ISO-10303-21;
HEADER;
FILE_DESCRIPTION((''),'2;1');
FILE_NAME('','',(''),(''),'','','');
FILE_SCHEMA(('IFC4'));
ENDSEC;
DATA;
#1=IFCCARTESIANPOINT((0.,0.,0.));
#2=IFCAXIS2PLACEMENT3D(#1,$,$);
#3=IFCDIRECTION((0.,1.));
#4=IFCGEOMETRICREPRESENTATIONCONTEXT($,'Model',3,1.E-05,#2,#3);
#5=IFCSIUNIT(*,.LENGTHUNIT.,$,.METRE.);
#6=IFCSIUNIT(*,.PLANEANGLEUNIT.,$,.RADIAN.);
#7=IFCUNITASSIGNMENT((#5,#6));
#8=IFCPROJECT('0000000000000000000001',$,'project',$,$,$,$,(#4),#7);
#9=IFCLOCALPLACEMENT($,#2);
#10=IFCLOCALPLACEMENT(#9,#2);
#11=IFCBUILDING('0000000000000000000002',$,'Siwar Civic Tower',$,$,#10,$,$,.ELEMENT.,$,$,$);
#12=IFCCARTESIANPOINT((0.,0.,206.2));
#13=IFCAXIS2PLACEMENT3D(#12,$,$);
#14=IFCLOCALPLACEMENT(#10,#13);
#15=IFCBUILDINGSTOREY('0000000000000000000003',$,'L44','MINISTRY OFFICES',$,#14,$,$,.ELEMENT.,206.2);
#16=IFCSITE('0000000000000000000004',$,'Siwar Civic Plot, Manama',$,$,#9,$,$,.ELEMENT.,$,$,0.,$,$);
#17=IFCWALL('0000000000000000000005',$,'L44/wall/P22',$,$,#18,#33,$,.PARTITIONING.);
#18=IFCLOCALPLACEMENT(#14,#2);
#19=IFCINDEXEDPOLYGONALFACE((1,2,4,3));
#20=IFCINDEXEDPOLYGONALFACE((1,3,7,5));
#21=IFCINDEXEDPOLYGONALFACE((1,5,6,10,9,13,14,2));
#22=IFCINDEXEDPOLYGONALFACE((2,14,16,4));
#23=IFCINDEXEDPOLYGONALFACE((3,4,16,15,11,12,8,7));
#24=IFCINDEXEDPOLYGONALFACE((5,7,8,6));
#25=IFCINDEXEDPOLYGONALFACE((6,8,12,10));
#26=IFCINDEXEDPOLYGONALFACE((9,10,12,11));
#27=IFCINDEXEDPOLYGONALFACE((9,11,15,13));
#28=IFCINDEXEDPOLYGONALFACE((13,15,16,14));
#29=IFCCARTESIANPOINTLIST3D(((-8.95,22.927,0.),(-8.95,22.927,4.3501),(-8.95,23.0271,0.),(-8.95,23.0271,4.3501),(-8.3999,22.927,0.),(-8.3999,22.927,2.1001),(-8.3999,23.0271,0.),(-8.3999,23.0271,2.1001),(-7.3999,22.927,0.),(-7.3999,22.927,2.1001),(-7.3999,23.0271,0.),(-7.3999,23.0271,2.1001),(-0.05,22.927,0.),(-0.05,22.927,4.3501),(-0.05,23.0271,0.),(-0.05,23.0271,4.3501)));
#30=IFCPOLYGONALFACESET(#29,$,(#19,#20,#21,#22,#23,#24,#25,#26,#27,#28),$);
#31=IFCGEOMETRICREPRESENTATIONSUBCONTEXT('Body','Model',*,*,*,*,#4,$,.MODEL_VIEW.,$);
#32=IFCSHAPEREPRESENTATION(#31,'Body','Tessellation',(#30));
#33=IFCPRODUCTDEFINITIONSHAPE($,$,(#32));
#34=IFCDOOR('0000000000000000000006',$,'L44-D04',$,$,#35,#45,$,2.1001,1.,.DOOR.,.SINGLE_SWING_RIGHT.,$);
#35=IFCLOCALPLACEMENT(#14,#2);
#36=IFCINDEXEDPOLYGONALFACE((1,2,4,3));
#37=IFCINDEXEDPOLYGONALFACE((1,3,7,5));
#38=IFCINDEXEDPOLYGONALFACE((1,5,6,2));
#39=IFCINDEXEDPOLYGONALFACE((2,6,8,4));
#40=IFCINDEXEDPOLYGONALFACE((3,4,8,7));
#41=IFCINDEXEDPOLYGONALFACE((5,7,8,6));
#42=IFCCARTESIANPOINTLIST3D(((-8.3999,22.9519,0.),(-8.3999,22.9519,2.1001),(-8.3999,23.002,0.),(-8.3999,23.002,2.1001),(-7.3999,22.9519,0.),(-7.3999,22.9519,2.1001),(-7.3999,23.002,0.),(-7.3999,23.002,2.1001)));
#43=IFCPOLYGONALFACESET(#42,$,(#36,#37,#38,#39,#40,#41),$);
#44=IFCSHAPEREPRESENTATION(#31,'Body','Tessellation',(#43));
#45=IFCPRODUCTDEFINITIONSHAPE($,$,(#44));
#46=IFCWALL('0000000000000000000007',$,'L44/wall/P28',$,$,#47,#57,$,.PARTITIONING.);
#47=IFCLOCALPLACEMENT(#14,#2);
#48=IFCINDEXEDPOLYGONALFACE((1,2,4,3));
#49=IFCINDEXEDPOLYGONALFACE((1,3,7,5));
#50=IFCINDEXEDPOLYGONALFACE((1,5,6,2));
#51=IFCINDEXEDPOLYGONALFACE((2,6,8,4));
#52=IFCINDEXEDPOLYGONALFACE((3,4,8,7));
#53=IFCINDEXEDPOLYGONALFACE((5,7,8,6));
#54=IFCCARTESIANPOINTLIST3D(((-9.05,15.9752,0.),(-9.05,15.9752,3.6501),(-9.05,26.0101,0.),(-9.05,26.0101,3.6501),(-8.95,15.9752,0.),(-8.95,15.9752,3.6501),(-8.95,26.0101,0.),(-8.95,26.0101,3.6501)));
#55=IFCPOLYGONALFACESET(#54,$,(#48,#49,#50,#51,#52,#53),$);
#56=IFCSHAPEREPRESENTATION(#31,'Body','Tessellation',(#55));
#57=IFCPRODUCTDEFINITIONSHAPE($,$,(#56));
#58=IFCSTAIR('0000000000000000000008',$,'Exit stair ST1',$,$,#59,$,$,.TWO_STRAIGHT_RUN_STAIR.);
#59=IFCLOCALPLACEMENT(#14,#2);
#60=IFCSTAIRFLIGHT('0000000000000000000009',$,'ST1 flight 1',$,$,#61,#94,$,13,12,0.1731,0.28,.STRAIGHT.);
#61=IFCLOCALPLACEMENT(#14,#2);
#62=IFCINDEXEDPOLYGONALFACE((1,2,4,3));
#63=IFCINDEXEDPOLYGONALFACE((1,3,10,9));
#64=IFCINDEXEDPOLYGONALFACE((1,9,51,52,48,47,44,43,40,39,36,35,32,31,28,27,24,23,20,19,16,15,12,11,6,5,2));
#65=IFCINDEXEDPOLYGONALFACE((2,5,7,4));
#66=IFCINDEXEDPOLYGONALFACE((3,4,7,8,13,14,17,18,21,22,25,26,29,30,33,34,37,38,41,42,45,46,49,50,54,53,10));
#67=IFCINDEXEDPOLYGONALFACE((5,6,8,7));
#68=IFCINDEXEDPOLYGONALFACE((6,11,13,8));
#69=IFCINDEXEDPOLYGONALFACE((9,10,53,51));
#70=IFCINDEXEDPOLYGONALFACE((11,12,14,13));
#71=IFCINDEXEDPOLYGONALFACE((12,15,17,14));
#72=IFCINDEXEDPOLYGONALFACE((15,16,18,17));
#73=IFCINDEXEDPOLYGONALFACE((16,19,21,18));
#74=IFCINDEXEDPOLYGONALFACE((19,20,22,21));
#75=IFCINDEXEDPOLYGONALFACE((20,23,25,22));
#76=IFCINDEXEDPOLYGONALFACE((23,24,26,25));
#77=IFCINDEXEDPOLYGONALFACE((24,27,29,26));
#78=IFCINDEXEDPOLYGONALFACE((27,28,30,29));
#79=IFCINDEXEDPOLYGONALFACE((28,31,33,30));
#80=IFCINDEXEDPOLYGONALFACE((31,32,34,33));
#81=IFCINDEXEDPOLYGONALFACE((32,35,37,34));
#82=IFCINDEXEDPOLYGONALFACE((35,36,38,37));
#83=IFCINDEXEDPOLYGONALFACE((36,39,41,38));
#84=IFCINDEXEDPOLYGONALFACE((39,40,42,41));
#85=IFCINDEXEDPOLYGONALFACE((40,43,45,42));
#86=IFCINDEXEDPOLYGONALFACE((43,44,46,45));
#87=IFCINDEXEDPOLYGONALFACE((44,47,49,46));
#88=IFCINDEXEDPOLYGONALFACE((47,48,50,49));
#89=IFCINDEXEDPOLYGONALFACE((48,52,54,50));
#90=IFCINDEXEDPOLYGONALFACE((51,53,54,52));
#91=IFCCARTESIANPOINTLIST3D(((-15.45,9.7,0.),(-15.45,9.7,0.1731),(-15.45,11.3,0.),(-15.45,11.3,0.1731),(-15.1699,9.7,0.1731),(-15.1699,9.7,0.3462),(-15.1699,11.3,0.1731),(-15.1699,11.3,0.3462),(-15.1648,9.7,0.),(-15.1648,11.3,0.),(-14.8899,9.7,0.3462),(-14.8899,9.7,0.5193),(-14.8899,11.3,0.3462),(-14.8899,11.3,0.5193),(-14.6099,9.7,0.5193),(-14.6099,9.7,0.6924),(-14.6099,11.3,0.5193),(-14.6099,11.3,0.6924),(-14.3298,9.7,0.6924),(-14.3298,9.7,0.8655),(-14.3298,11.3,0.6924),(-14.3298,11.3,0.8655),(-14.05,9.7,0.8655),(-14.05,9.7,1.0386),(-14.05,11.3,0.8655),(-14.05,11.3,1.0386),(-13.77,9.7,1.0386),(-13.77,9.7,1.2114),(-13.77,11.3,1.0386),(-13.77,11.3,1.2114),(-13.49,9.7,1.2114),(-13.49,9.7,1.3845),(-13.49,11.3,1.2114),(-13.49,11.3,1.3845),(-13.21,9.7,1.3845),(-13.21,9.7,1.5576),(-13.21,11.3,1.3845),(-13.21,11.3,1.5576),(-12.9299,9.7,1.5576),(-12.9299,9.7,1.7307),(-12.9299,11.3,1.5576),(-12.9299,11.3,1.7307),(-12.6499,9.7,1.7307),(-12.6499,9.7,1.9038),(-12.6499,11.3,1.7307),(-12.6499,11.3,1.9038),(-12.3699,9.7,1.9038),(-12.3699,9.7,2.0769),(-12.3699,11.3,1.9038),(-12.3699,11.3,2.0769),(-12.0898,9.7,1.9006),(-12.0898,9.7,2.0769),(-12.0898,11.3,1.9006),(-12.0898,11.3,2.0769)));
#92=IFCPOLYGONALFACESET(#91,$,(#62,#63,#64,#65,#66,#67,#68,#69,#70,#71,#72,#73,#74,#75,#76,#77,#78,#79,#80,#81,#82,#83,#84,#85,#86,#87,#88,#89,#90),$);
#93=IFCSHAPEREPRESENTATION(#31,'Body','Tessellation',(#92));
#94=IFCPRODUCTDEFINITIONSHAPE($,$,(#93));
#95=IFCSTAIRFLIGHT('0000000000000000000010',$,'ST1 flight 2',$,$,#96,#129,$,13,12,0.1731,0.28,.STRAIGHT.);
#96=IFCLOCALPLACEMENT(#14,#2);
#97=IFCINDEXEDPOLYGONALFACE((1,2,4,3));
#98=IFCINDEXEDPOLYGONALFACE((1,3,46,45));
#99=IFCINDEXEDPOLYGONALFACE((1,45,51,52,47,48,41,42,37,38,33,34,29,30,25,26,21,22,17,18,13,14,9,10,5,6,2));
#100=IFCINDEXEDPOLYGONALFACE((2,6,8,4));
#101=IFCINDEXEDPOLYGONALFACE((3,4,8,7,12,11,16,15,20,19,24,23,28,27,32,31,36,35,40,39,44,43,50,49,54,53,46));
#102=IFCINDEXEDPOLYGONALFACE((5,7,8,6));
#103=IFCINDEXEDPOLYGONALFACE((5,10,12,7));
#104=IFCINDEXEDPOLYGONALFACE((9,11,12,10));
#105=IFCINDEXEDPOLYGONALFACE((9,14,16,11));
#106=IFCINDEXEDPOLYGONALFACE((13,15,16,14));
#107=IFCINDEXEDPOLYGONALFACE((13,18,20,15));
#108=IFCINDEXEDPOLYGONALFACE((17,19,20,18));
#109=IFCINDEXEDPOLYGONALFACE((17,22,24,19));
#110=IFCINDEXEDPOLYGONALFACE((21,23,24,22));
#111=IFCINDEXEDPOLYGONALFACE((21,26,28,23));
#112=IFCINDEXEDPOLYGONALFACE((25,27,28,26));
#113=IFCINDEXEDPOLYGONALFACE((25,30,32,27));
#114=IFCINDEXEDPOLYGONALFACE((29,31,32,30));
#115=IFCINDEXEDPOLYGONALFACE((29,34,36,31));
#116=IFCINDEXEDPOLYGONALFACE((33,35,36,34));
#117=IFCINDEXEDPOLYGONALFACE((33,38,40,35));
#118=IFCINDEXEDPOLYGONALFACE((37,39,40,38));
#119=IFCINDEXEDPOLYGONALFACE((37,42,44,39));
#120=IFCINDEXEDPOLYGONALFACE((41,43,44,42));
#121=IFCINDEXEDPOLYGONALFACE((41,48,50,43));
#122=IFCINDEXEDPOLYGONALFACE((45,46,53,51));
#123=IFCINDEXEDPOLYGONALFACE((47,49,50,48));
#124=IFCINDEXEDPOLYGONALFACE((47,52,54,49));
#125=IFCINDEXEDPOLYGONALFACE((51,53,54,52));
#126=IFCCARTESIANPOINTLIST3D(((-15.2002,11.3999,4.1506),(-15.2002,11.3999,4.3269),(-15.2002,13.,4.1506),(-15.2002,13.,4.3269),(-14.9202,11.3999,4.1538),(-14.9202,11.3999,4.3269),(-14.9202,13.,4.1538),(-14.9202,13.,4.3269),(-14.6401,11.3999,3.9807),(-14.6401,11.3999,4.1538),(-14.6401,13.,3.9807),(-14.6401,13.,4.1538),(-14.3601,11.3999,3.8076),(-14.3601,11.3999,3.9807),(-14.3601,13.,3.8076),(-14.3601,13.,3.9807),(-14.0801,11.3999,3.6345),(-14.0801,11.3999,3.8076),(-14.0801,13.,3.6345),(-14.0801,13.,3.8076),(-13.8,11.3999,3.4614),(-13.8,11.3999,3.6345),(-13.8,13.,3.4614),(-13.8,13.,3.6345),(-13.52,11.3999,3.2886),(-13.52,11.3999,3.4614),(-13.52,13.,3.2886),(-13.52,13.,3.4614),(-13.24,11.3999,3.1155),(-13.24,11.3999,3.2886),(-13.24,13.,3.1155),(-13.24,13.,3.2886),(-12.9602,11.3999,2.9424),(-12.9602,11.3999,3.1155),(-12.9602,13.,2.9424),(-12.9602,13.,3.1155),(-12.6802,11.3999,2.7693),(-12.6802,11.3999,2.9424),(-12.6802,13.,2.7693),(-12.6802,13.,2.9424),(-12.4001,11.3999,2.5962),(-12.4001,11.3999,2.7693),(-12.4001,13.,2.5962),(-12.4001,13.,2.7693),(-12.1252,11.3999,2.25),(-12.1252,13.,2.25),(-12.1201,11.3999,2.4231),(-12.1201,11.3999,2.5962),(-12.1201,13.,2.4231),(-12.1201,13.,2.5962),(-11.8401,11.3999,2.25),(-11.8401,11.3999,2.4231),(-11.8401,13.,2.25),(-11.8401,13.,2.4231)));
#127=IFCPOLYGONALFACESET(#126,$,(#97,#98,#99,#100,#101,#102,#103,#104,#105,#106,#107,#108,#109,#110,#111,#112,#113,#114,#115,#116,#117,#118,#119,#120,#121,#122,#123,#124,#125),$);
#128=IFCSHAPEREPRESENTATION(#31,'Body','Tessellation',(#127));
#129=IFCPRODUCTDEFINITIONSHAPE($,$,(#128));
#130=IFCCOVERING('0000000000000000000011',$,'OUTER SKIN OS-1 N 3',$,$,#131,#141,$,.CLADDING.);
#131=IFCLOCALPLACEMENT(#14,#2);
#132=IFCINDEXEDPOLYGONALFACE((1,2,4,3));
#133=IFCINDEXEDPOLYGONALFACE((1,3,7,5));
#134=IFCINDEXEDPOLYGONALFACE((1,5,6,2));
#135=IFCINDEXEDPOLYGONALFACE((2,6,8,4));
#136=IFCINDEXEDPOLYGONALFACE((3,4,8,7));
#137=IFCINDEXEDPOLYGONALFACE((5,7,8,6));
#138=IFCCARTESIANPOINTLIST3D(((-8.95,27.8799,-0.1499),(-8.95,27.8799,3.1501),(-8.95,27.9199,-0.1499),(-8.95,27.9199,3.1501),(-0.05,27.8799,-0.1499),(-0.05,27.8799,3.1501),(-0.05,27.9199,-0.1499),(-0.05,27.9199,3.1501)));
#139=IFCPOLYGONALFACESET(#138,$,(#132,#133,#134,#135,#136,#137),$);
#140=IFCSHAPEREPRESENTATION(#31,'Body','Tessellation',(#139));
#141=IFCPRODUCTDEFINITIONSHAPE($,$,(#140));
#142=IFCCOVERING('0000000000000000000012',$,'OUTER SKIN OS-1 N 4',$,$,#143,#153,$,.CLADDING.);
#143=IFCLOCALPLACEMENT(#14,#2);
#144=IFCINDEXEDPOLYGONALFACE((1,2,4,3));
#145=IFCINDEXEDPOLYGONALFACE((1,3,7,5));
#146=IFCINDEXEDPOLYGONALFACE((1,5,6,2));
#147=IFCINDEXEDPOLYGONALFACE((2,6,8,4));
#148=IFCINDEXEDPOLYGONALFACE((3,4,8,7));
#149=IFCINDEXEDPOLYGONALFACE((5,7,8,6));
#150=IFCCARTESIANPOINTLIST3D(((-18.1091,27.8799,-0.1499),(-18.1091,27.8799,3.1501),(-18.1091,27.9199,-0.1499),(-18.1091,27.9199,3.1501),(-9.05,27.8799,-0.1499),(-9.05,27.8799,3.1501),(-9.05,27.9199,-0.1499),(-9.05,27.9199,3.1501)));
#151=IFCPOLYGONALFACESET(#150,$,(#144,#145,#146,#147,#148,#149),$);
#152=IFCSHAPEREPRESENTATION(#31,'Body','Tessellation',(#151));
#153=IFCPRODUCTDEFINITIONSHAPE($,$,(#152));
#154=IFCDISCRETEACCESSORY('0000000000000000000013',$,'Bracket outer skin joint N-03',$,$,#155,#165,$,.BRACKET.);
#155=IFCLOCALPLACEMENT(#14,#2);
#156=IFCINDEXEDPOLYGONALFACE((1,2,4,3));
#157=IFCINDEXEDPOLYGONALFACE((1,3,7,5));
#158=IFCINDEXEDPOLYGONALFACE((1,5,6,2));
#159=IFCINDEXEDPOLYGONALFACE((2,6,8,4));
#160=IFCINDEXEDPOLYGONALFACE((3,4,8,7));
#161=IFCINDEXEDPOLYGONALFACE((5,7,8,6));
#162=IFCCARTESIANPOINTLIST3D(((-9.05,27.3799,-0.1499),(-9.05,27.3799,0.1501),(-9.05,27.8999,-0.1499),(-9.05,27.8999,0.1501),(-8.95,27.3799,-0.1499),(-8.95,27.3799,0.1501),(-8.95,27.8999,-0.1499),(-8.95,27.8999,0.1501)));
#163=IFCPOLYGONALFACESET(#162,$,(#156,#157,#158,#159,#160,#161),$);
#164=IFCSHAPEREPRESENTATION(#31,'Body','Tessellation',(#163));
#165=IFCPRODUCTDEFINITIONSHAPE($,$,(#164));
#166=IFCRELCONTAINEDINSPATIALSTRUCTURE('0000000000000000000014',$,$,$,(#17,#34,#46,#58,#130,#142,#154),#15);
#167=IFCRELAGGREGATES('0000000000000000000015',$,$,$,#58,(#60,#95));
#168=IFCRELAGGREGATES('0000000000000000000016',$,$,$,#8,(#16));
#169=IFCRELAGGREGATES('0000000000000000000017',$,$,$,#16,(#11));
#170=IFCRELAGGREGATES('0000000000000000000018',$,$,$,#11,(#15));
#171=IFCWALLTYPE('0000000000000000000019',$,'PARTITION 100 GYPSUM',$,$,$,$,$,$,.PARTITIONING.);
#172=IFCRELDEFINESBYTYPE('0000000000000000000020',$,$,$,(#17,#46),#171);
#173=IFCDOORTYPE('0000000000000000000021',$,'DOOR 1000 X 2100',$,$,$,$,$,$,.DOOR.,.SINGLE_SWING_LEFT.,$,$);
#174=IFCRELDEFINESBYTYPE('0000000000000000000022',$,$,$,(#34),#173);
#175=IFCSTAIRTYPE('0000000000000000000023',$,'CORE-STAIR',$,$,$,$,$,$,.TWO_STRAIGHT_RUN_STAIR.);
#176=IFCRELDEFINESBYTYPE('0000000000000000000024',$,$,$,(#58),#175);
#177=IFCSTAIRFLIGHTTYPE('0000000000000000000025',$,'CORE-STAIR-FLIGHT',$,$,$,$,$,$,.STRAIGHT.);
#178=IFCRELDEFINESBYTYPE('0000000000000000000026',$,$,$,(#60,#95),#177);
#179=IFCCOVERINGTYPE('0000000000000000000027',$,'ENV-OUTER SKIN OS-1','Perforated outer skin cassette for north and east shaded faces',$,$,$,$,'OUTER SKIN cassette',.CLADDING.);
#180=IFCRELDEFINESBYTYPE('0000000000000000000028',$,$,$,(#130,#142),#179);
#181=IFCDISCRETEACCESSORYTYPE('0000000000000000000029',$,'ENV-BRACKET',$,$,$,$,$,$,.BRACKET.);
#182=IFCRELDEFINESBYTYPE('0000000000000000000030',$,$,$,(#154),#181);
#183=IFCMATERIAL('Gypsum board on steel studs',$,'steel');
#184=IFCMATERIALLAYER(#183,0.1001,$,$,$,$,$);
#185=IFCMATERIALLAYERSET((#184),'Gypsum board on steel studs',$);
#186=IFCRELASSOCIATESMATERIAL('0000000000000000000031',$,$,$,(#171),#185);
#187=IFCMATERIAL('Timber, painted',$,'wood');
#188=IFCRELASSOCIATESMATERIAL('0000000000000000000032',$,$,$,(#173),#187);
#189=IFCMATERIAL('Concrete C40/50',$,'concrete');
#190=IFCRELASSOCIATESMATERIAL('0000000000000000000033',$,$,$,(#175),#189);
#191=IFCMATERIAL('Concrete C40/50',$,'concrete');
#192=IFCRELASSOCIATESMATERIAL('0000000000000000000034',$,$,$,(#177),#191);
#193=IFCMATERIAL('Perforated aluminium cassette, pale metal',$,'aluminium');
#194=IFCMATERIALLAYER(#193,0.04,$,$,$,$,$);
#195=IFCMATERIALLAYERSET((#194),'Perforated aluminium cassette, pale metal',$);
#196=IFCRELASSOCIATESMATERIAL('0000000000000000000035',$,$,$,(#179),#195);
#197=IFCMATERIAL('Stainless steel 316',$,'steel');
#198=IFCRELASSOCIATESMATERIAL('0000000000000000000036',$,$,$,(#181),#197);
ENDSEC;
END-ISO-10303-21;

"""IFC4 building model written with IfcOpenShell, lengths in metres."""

from ifc_helpers import new_model, si_unit, direction, frame, frame_2d, origin, origin_2d, place, context, subcontext, project, spatial, polyline, rectangle, outline, extrude, material, layer, layer_set, type_object, element, fill, aggregate, save


model = new_model("IFC4")

# Units and contexts
model_context = context("Model", 3, precision=1e-05, world=origin(), true_north=direction((0.0, 1.0)))
body_context = subcontext(model_context, "Body", "Model", "MODEL_VIEW")
ifc_project = project(units=[si_unit("LENGTHUNIT", "METRE"), si_unit("PLANEANGLEUNIT", "RADIAN")], contexts=[model_context])

# Site, building, storey
site_placement = place(None, origin())
site = spatial("IfcSite", under=ifc_project, at=site_placement, Name="Siwar Civic Plot, Manama", CompositionType="ELEMENT", RefElevation=0.0)
building_placement = place(site_placement, origin())
building = spatial("IfcBuilding", under=site, at=building_placement, Name="Siwar Civic Tower", CompositionType="ELEMENT")
storey_placement = place(building_placement, frame((0.0, 0.0, 206.2)))
storey = spatial("IfcBuildingStorey", under=building, at=storey_placement, Name="L44", Description="MINISTRY OFFICES", CompositionType="ELEMENT", Elevation=206.2)

# Wall, opening, door
ifc_material_1 = material(Name="Gypsum board on steel studs", Category="steel")
ifc_layer_1 = layer(ifc_material_1, 0.1001)
ifc_layer_set_1 = layer_set([ifc_layer_1], Name="Gypsum board on steel studs")
wall_type_1 = type_object("IfcWallType", Name="PARTITION 100 GYPSUM", PredefinedType="PARTITIONING", material=ifc_layer_set_1)
ifc_material_2 = material(Name="Timber, painted", Category="wood")
door_type_1 = type_object("IfcDoorType", Name="DOOR 1000 X 2100", OperationType="SINGLE_SWING_LEFT", PredefinedType="DOOR", material=ifc_material_2)
wall_1_placement = place(storey_placement, frame((-8.95, 22.9771, 0.0), z_axis=(0.0, 0.0, 1.0), x_axis=(1.0, 0.0, 0.0)))
wall_1 = element("IfcWall", 1, at=wall_1_placement, inside=storey, type_object=wall_type_1, Name="L44/wall/P22", PredefinedType="PARTITIONING", context=body_context, shape_type="SweptSolid", body=[
    extrude(rectangle(XDim=8.8999, YDim=0.1001, at=frame_2d((4.45, 0.0))), origin(), (0.0, 0.0, 1.0), 4.3501),
])
opening_1_placement = place(wall_1_placement, frame((0.55, 0.0, 0.0)))
opening_1 = element("IfcOpeningElement", 2, at=opening_1_placement, cuts=wall_1, PredefinedType="OPENING", context=body_context, shape_type="SweptSolid", body=[
    extrude(rectangle(XDim=1.0, YDim=2.1001, at=frame_2d((0.5, 1.05))), frame((0.0, 0.0601, 0.0), z_axis=(0.0, -1.0, 0.0), x_axis=(1.0, 0.0, 0.0)), (0.0, 0.0, 1.0), 0.1201),
])
door_1_placement = place(opening_1_placement, origin())
door_1 = element("IfcDoor", 3, at=door_1_placement, inside=storey, type_object=door_type_1, Name="L44-D04", OperationType="SINGLE_SWING_RIGHT", OverallHeight=2.1001, OverallWidth=1.0, PredefinedType="DOOR", context=body_context, shape_type="SweptSolid", body=[
    extrude(rectangle(XDim=1.0, YDim=2.1001, at=frame_2d((0.5, 1.05))), frame((0.0, 0.0249, 0.0), z_axis=(0.0, -1.0, 0.0), x_axis=(1.0, 0.0, 0.0)), (0.0, 0.0, 1.0), 0.05),
])
fill(opening_1, door_1)

# Wall
wall_2_placement = place(storey_placement, frame((-9.0, 15.9751, 0.0), z_axis=(0.0, 0.0, 1.0), x_axis=(0.0, 1.0, 0.0)))
element("IfcWall", 4, at=wall_2_placement, inside=storey, type_object=wall_type_1, Name="L44/wall/P28", PredefinedType="PARTITIONING", context=body_context, shape_type="SweptSolid", body=[
    extrude(rectangle(XDim=10.0349, YDim=0.1001, at=frame_2d((5.0176, 0.0))), origin(), (0.0, 0.0, 1.0), 3.6501),
])

# Stair, stair flights
ifc_material_3 = material(Name="Concrete C40/50", Category="concrete")
stair_type = type_object("IfcStairType", Name="CORE-STAIR", PredefinedType="TWO_STRAIGHT_RUN_STAIR", material=ifc_material_3)
stair_placement = place(storey_placement, origin())
stair = element("IfcStair", 5, at=stair_placement, inside=storey, type_object=stair_type, Name="Exit stair ST1", PredefinedType="TWO_STRAIGHT_RUN_STAIR")
ifc_material_4 = material(Name="Concrete C40/50", Category="concrete")
stair_flight_type = type_object("IfcStairFlightType", Name="CORE-STAIR-FLIGHT", PredefinedType="STRAIGHT", material=ifc_material_4)
stair_flight_1_placement = place(storey_placement, frame((-15.45, 10.5, 0.0), z_axis=(0.0, 0.0, 1.0), x_axis=(1.0, 0.0, 0.0)))
stair_flight_1 = element("IfcStairFlight", 6, at=stair_flight_1_placement, type_object=stair_flight_type, Name="ST1 flight 1", NumberOfRisers=13, NumberOfTreads=12, PredefinedType="STRAIGHT", RiserHeight=0.1731, TreadLength=0.28, context=body_context, shape_type="SweptSolid", body=[
    extrude(outline(polyline([(0.0, 0.0), (0.0, 0.1731), (0.28, 0.1731), (0.28, 0.3462), (0.5601, 0.3462), (0.5601, 0.5193), (0.8401, 0.5193), (0.8401, 0.6924), (1.1201, 0.6924), (1.1201, 0.8655), (1.3999, 0.8655), (1.3999, 1.0386), (1.6799, 1.0386), (1.6799, 1.2114), (1.96, 1.2114), (1.96, 1.3845), (2.24, 1.3845), (2.24, 1.5576), (2.52, 1.5576), (2.52, 1.7307), (2.8, 1.7307), (2.8, 1.9038), (3.0801, 1.9038), (3.0801, 2.0769), (3.3601, 2.0769), (3.3601, 2.25), (3.3601, 1.9006), (0.2852, 0.0), (0.0, 0.0)])), frame((0.0, 0.8, 0.0), z_axis=(0.0, -1.0, 0.0), x_axis=(1.0, 0.0, 0.0)), (0.0, 0.0, 1.0), 1.6001),
])
stair_flight_2_placement = place(storey_placement, frame((-11.8401, 12.2, 2.25), z_axis=(0.0, 0.0, 1.0), x_axis=(-1.0, 0.0, 0.0)))
stair_flight_2 = element("IfcStairFlight", 7, at=stair_flight_2_placement, type_object=stair_flight_type, Name="ST1 flight 2", NumberOfRisers=13, NumberOfTreads=12, PredefinedType="STRAIGHT", RiserHeight=0.1731, TreadLength=0.28, context=body_context, shape_type="SweptSolid", body=[
    extrude(outline(polyline([(0.0, 0.0), (0.0, 0.1731), (0.28, 0.1731), (0.28, 0.3462), (0.5601, 0.3462), (0.5601, 0.5193), (0.8401, 0.5193), (0.8401, 0.6924), (1.1201, 0.6924), (1.1201, 0.8655), (1.3999, 0.8655), (1.3999, 1.0386), (1.6799, 1.0386), (1.6799, 1.2114), (1.96, 1.2114), (1.96, 1.3845), (2.24, 1.3845), (2.24, 1.5576), (2.52, 1.5576), (2.52, 1.7307), (2.8, 1.7307), (2.8, 1.9038), (3.0801, 1.9038), (3.0801, 2.0769), (3.3601, 2.0769), (3.3601, 2.25), (3.3601, 1.9006), (0.2852, 0.0), (0.0, 0.0)])), frame((0.0, 0.8, 0.0), z_axis=(0.0, -1.0, 0.0), x_axis=(1.0, 0.0, 0.0)), (0.0, 0.0, 1.0), 1.6001),
])
aggregate(stair, [stair_flight_1, stair_flight_2])

# Coverings
ifc_material_5 = material(Name="Perforated aluminium cassette, pale metal", Category="aluminium")
ifc_layer_2 = layer(ifc_material_5, 0.04)
ifc_layer_set_2 = layer_set([ifc_layer_2], Name="Perforated aluminium cassette, pale metal")
covering_type = type_object("IfcCoveringType", Name="ENV-OUTER SKIN OS-1", Description="Perforated outer skin cassette for north and east shaded faces", ElementType="OUTER SKIN cassette", PredefinedType="CLADDING", material=ifc_layer_set_2)
covering_1_placement = place(storey_placement, frame((-4.5, 27.8999, -0.1499), z_axis=(0.0, 0.0, 1.0), x_axis=(-1.0, 0.0, 0.0)))
element("IfcCovering", 8, at=covering_1_placement, inside=storey, type_object=covering_type, Name="OUTER SKIN OS-1 N 3", PredefinedType="CLADDING", context=body_context, shape_type="SweptSolid", body=[
    extrude(rectangle(XDim=8.8999, YDim=0.04, at=origin_2d()), origin(), (0.0, 0.0, 1.0), 3.3),
])
covering_2_placement = place(storey_placement, frame((-13.5796, 27.8999, -0.1499), z_axis=(0.0, 0.0, 1.0), x_axis=(-1.0, 0.0, 0.0)))
element("IfcCovering", 9, at=covering_2_placement, inside=storey, type_object=covering_type, Name="OUTER SKIN OS-1 N 4", PredefinedType="CLADDING", context=body_context, shape_type="SweptSolid", body=[
    extrude(rectangle(XDim=9.0591, YDim=0.04, at=origin_2d()), origin(), (0.0, 0.0, 1.0), 3.3),
])

# Discrete accessory
ifc_material_6 = material(Name="Stainless steel 316", Category="steel")
discrete_accessory_type = type_object("IfcDiscreteAccessoryType", Name="ENV-BRACKET", PredefinedType="BRACKET", material=ifc_material_6)
discrete_accessory_placement = place(storey_placement, frame((-9.0, 27.6399, -0.1499), z_axis=(0.0, 0.0, 1.0), x_axis=(0.0, 1.0, 0.0)))
element("IfcDiscreteAccessory", 10, at=discrete_accessory_placement, inside=storey, type_object=discrete_accessory_type, Name="Bracket outer skin joint N-03", PredefinedType="BRACKET", context=body_context, shape_type="SweptSolid", body=[
    extrude(rectangle(XDim=0.52, YDim=0.1001, at=origin_2d()), origin(), (0.0, 0.0, 1.0), 0.3),
])

save(model, "model.ifc")
